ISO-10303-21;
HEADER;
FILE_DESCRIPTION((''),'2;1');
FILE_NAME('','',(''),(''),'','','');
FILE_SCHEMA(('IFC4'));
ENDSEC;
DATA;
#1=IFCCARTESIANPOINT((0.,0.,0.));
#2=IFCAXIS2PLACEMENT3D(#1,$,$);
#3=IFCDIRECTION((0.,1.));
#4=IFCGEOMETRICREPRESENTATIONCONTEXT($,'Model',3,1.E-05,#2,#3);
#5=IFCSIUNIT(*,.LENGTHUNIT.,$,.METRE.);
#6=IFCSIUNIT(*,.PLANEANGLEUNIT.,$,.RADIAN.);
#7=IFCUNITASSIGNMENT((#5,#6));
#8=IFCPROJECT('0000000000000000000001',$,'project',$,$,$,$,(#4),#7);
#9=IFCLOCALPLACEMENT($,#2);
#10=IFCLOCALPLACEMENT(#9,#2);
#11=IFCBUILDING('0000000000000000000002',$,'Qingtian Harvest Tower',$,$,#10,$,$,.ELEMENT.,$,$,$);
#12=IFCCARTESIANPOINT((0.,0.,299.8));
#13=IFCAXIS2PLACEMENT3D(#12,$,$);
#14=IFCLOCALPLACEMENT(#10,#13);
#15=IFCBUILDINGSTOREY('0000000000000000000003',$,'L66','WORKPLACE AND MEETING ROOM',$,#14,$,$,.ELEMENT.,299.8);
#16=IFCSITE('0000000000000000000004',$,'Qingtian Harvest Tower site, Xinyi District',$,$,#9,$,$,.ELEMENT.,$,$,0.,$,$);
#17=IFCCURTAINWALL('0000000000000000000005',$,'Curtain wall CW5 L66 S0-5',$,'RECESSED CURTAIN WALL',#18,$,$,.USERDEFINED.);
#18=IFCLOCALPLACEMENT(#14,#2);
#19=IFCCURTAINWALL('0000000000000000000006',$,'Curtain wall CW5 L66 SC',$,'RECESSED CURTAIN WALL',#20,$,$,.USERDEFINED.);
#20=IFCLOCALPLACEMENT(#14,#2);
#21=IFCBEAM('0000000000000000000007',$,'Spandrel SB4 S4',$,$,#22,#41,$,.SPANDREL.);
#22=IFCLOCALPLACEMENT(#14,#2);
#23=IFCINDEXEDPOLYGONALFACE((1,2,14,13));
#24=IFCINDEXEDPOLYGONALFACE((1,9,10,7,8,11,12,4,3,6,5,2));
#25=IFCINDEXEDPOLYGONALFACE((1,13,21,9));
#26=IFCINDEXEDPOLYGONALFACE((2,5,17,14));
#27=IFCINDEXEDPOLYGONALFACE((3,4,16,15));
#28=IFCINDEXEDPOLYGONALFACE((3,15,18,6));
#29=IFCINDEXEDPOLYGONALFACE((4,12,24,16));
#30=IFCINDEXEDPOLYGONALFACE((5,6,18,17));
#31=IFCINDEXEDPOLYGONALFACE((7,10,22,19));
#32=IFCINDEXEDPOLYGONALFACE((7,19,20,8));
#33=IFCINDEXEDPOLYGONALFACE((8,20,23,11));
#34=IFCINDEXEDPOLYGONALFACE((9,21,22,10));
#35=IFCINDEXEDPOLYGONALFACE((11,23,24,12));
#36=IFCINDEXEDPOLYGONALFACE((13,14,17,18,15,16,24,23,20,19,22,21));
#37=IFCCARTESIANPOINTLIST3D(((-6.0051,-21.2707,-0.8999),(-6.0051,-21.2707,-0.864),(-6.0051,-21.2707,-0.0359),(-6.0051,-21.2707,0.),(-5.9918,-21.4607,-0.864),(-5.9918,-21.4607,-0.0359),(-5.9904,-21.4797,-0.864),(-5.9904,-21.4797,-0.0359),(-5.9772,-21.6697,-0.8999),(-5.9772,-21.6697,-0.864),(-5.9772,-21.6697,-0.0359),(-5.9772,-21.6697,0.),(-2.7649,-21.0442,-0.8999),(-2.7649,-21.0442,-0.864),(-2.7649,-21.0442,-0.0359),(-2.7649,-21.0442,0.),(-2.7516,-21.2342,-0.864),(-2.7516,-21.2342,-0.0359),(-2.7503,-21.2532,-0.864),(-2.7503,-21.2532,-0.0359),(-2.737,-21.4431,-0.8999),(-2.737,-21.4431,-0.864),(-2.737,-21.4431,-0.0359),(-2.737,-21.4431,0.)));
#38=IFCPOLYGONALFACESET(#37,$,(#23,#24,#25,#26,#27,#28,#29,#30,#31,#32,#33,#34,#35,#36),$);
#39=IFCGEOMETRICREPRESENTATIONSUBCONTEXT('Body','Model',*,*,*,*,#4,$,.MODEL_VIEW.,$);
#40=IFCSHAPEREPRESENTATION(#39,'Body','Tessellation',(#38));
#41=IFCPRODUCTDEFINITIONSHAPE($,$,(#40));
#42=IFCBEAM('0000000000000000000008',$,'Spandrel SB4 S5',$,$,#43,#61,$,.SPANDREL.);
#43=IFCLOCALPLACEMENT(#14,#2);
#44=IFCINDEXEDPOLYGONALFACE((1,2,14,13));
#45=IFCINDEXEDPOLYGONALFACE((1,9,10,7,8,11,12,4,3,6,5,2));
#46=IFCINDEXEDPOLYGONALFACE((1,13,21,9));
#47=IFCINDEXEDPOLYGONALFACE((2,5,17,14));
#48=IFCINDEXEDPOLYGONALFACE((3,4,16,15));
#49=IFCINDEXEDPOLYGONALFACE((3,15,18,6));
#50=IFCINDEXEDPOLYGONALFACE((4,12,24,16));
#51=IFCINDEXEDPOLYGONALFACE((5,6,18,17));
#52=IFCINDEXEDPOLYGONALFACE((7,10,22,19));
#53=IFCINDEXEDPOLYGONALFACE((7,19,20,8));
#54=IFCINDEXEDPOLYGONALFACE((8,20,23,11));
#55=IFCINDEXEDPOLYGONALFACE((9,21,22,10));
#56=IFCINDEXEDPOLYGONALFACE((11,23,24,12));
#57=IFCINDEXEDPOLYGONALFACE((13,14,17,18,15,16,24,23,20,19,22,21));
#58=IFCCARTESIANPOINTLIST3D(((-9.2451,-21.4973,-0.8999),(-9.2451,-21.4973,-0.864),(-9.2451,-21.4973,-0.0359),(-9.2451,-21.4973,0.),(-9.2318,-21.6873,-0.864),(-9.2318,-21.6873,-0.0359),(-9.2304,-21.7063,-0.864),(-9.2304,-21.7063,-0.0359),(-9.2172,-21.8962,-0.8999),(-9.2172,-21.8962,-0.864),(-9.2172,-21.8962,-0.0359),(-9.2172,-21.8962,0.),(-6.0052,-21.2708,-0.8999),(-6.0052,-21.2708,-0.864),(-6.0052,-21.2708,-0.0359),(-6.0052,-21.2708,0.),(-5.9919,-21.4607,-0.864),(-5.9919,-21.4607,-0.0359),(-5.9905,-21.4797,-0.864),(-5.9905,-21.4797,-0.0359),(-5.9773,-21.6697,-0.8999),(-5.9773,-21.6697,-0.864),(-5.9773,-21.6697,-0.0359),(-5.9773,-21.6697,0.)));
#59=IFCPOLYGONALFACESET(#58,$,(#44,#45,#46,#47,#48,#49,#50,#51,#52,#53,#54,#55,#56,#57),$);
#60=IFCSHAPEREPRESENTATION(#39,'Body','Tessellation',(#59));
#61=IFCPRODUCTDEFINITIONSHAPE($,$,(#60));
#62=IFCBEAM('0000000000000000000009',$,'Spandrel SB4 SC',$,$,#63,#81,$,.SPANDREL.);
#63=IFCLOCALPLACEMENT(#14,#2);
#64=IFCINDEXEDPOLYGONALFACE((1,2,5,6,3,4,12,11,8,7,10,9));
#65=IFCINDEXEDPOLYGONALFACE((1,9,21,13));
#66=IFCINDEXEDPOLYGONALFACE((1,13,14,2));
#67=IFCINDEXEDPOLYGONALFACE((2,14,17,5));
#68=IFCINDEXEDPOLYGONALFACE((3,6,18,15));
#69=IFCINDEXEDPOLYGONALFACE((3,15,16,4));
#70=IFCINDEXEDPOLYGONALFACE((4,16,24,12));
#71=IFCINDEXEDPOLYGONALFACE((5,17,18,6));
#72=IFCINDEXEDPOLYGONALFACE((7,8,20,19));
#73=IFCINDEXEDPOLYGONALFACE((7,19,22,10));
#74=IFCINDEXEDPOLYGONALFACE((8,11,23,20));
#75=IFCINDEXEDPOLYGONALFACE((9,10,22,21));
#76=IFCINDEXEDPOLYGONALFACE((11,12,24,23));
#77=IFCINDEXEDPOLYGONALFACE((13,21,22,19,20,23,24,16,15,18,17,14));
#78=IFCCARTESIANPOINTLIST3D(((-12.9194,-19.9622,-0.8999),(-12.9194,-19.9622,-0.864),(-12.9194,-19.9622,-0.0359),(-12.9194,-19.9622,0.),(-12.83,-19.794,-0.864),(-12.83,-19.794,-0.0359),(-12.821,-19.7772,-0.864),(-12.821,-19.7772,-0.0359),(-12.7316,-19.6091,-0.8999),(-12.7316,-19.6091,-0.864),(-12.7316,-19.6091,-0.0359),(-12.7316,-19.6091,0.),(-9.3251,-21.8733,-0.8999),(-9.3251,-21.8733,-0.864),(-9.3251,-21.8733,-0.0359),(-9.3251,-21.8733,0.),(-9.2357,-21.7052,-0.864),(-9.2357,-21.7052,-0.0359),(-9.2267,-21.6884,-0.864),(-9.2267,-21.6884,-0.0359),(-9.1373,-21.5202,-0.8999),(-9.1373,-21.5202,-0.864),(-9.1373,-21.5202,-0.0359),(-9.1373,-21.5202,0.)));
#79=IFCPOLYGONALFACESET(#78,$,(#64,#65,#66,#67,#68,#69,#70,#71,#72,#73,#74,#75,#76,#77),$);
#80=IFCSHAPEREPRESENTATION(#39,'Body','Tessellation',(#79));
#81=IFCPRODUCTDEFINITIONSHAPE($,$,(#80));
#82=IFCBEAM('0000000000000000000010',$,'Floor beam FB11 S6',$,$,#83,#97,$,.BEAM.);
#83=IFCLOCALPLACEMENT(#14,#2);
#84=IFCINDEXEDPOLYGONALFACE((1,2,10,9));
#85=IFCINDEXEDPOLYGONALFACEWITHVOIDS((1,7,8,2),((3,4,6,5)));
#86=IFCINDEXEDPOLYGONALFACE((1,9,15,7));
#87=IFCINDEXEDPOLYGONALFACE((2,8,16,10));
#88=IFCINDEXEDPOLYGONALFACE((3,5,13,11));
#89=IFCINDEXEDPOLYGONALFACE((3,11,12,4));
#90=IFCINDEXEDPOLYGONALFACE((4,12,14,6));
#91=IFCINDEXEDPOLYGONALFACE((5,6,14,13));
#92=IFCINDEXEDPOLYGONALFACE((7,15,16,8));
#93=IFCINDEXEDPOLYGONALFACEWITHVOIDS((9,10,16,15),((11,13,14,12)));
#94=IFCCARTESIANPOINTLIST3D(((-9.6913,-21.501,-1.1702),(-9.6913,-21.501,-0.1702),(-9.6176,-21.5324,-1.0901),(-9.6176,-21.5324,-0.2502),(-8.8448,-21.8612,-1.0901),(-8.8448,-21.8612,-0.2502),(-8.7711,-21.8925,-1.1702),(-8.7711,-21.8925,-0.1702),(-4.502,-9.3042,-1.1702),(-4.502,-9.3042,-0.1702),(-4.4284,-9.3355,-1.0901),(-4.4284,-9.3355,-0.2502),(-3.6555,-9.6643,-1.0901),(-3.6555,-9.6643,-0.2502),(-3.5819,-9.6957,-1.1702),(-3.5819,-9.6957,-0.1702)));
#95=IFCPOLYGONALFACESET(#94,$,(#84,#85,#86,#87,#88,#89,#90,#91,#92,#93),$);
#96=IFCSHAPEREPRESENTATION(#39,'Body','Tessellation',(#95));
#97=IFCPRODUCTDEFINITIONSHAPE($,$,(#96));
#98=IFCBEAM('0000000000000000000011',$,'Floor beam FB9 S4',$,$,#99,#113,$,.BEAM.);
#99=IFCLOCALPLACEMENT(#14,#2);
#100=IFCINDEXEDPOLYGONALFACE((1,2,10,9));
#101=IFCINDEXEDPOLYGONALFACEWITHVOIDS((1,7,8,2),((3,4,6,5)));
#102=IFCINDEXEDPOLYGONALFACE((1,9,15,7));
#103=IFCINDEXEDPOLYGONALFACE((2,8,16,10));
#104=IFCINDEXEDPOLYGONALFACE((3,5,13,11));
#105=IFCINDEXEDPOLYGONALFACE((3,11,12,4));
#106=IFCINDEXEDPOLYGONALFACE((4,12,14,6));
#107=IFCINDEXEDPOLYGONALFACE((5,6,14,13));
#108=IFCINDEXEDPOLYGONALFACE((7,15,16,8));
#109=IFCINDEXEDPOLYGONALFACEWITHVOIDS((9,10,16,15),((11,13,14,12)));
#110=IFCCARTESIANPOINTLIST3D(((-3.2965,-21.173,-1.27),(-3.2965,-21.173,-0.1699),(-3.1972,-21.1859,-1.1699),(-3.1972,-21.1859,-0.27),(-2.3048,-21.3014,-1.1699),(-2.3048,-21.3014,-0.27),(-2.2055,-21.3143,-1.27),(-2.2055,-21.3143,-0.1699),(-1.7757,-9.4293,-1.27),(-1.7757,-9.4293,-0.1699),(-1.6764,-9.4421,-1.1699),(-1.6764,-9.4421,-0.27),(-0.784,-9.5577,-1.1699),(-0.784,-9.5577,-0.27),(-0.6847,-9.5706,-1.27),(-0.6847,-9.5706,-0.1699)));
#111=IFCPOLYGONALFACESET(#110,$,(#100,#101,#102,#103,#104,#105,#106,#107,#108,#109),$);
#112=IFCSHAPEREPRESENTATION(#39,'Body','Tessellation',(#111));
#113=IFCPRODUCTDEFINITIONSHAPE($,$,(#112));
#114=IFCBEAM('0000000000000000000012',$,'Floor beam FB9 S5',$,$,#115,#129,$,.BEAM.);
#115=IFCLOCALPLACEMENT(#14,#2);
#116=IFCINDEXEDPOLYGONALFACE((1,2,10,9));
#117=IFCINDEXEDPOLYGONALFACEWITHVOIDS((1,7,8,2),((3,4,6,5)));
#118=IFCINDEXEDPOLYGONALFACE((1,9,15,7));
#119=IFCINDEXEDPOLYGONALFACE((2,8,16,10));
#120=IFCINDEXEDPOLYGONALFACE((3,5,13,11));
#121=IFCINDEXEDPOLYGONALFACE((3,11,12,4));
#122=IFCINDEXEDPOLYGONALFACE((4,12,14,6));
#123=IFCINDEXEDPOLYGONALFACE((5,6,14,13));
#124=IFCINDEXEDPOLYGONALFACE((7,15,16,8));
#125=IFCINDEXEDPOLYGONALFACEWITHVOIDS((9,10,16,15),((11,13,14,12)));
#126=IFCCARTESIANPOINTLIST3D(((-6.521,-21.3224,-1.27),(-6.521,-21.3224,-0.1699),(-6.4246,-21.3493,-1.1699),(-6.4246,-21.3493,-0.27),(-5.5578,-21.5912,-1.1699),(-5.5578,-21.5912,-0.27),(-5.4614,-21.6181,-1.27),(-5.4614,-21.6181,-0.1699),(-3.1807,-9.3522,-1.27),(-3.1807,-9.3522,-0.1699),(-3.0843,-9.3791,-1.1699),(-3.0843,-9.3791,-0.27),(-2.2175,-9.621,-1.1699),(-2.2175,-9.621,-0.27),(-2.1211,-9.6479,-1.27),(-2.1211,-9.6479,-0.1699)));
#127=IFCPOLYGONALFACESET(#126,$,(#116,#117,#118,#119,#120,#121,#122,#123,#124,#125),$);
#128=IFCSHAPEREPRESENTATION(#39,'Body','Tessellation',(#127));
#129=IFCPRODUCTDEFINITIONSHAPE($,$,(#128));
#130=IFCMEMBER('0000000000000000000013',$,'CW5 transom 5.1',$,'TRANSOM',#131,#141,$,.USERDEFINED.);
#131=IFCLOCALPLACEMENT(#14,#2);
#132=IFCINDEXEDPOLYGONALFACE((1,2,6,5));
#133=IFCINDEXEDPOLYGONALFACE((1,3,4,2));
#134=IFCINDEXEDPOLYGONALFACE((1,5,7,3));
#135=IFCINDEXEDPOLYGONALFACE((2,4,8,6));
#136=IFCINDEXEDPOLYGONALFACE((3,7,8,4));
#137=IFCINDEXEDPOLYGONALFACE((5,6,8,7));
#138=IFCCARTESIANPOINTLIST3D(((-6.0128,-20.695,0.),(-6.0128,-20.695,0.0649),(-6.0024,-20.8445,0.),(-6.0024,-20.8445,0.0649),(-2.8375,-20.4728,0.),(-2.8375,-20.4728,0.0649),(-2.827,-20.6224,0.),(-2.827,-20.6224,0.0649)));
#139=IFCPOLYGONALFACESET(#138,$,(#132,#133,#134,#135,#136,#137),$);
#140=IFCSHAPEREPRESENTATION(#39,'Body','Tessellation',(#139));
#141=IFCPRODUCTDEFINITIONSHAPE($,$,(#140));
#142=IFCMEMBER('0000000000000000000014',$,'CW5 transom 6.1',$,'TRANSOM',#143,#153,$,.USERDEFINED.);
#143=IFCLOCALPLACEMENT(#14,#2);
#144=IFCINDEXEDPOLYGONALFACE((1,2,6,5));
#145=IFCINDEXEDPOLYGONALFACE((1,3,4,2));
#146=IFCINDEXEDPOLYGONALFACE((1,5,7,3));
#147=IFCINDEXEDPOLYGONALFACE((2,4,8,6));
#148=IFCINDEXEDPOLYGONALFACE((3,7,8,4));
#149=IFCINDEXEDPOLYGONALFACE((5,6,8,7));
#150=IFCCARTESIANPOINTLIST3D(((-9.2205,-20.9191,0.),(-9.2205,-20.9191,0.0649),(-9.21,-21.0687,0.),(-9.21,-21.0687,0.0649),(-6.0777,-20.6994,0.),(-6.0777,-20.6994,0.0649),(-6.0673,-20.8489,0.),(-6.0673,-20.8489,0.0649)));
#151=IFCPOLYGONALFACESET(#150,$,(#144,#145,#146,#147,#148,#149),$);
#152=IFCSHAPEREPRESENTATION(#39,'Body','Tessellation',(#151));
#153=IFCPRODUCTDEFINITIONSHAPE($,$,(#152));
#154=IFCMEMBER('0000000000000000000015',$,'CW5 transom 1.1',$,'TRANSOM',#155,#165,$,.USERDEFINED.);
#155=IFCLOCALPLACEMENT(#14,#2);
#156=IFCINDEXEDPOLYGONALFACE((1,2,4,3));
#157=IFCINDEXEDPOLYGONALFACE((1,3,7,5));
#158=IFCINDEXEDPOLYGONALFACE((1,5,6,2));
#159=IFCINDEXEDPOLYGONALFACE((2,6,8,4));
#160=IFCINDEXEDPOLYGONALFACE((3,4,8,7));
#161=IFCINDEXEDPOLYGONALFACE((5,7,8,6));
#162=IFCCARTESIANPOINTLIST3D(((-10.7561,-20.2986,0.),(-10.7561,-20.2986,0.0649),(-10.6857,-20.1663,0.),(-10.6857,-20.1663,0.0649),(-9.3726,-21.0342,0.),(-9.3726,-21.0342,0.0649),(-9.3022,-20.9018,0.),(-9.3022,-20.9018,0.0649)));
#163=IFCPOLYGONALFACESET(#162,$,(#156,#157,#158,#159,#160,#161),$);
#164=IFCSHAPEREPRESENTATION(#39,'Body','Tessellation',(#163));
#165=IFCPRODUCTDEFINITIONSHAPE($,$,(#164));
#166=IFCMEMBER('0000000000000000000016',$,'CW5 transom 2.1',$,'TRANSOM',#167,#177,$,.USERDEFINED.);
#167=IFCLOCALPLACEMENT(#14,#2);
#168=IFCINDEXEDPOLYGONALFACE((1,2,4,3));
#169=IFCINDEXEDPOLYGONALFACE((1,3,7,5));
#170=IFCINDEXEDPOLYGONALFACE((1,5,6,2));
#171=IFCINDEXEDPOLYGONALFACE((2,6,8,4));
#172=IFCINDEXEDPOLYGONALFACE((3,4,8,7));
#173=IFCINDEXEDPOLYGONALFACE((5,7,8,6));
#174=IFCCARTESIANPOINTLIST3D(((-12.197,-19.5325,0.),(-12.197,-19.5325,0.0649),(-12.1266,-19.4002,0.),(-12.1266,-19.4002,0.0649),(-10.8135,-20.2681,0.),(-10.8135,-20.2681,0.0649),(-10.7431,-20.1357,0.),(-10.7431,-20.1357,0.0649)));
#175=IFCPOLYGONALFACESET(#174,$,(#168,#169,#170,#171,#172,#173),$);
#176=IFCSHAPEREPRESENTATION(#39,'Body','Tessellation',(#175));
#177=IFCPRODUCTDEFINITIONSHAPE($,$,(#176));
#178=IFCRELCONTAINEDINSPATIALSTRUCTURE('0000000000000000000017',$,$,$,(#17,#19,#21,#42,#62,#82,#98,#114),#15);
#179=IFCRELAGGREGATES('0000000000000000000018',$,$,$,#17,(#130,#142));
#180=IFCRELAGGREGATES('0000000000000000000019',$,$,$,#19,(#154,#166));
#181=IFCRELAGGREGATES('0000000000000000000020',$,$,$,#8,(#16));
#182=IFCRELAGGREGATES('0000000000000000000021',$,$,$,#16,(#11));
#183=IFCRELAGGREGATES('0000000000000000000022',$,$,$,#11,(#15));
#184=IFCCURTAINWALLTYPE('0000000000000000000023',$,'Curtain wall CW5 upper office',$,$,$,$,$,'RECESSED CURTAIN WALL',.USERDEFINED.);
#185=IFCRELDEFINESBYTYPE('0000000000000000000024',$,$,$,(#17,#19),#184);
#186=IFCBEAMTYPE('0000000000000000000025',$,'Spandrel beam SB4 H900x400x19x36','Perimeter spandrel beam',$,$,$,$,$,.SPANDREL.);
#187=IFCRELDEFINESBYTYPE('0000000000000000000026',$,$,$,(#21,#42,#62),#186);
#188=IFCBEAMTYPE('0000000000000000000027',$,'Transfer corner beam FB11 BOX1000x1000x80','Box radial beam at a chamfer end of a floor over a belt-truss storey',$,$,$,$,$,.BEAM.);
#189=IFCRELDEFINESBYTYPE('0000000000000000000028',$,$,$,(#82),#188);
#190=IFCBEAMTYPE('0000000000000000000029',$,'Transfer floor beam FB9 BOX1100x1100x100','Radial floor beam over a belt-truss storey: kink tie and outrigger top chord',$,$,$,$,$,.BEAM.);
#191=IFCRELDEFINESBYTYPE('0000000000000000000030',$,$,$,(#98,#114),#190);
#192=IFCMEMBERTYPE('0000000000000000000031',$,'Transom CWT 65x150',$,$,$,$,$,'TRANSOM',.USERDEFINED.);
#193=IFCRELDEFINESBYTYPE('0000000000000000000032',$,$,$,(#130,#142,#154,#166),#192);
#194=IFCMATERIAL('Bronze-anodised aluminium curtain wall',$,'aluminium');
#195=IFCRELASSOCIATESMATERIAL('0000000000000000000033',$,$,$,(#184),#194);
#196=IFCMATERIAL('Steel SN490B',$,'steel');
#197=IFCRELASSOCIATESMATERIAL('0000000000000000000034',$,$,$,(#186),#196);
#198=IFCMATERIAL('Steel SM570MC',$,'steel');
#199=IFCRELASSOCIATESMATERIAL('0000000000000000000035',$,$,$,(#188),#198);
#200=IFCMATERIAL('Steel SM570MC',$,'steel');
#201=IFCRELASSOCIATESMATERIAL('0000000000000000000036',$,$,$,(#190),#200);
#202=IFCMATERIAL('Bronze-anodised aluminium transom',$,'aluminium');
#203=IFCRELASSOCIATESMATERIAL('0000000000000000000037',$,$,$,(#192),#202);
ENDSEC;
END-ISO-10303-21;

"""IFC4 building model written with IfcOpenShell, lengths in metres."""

from ifc_helpers import new_model, si_unit, direction, frame, origin, origin_2d, place, context, subcontext, project, spatial, rectangle, hollow_rectangle, i_section, extrude, material, material_profile, profile_set, type_object, element, aggregate, save


model = new_model("IFC4")

# Units and contexts
model_context = context("Model", 3, precision=1e-05, world=origin(), true_north=direction((0.0, 1.0)))
body_context = subcontext(model_context, "Body", "Model", "MODEL_VIEW")
ifc_project = project(units=[si_unit("LENGTHUNIT", "METRE"), si_unit("PLANEANGLEUNIT", "RADIAN")], contexts=[model_context])

# Site, building, storey
site_placement = place(None, origin())
site = spatial("IfcSite", under=ifc_project, at=site_placement, Name="Qingtian Harvest Tower site, Xinyi District", CompositionType="ELEMENT", RefElevation=0.0)
building_placement = place(site_placement, origin())
building = spatial("IfcBuilding", under=site, at=building_placement, Name="Qingtian Harvest Tower", CompositionType="ELEMENT")
storey_placement = place(building_placement, frame((0.0, 0.0, 299.8)))
storey = spatial("IfcBuildingStorey", under=building, at=storey_placement, Name="L66", Description="WORKPLACE AND MEETING ROOM", CompositionType="ELEMENT", Elevation=299.8)

# Curtain walls
ifc_material_1 = material(Name="Bronze-anodised aluminium curtain wall", Category="aluminium")
curtain_wall_type = type_object("IfcCurtainWallType", Name="Curtain wall CW5 upper office", ElementType="RECESSED CURTAIN WALL", PredefinedType="USERDEFINED", material=ifc_material_1)
curtain_wall_1_placement = place(storey_placement, origin())
curtain_wall_1 = element("IfcCurtainWall", 1, at=curtain_wall_1_placement, inside=storey, type_object=curtain_wall_type, Name="Curtain wall CW5 L66 S0-5", ObjectType="RECESSED CURTAIN WALL", PredefinedType="USERDEFINED")
curtain_wall_2_placement = place(storey_placement, origin())
curtain_wall_2 = element("IfcCurtainWall", 2, at=curtain_wall_2_placement, inside=storey, type_object=curtain_wall_type, Name="Curtain wall CW5 L66 SC", ObjectType="RECESSED CURTAIN WALL", PredefinedType="USERDEFINED")

# Beams
ifc_material_2 = material(Name="Steel SN490B", Category="steel")
ifc_material_profile_1 = material_profile(ifc_material_2, i_section(OverallWidth=0.3999, OverallDepth=0.8999, WebThickness=0.019, FlangeThickness=0.0359, at=origin_2d()), Name="H900x400x19x36")
ifc_profile_set_1 = profile_set([ifc_material_profile_1], Name="Steel SN490B")
beam_type_1 = type_object("IfcBeamType", Name="Spandrel beam SB4 H900x400x19x36", Description="Perimeter spandrel beam", PredefinedType="SPANDREL", material=ifc_profile_set_1)
beam_1_placement = place(storey_placement, frame((-2.751, -21.2437, -0.45), z_axis=(-0.997564, -0.069751, 0.0), x_axis=(0.069751, -0.997564, 0.0)))
element("IfcBeam", 3, at=beam_1_placement, inside=storey, type_object=beam_type_1, Name="Spandrel SB4 S4", PredefinedType="SPANDREL", context=body_context, shape_type="SweptSolid", body=[
    extrude(i_section(OverallWidth=0.3999, OverallDepth=0.8999, WebThickness=0.019, FlangeThickness=0.0359, at=origin_2d()), origin(), (0.0, 0.0, 1.0), 3.248),
])
beam_2_placement = place(storey_placement, frame((-5.9912, -21.4702, -0.45), z_axis=(-0.997564, -0.069757, 0.0), x_axis=(0.069757, -0.997564, 0.0)))
element("IfcBeam", 4, at=beam_2_placement, inside=storey, type_object=beam_type_1, Name="Spandrel SB4 S5", PredefinedType="SPANDREL", context=body_context, shape_type="SweptSolid", body=[
    extrude(i_section(OverallWidth=0.3999, OverallDepth=0.8999, WebThickness=0.019, FlangeThickness=0.0359, at=origin_2d()), origin(), (0.0, 0.0, 1.0), 3.2478),
])
beam_3_placement = place(storey_placement, frame((-9.2312, -21.6968, -0.45), z_axis=(-0.882943, 0.46948, 0.0), x_axis=(-0.46948, -0.882943, 0.0)))
element("IfcBeam", 5, at=beam_3_placement, inside=storey, type_object=beam_type_1, Name="Spandrel SB4 SC", PredefinedType="SPANDREL", context=body_context, shape_type="SweptSolid", body=[
    extrude(i_section(OverallWidth=0.3999, OverallDepth=0.8999, WebThickness=0.019, FlangeThickness=0.0359, at=origin_2d()), origin(), (0.0, 0.0, 1.0), 4.0708),
])
ifc_material_3 = material(Name="Steel SM570MC", Category="steel")
ifc_material_profile_2 = material_profile(ifc_material_3, hollow_rectangle(XDim=1.0, YDim=1.0, WallThickness=0.0801, at=origin_2d()), Name="BOX1000x1000x80")
ifc_profile_set_2 = profile_set([ifc_material_profile_2], Name="Steel SM570MC")
beam_type_2 = type_object("IfcBeamType", Name="Transfer corner beam FB11 BOX1000x1000x80", Description="Box radial beam at a chamfer end of a floor over a belt-truss storey", PredefinedType="BEAM", material=ifc_profile_set_2)
beam_4_placement = place(storey_placement, frame((-9.2312, -21.6968, -0.6702), z_axis=(0.391497, 0.920179, 0.0), x_axis=(-0.920179, 0.391497, 0.0)))
element("IfcBeam", 6, at=beam_4_placement, inside=storey, type_object=beam_type_2, Name="Floor beam FB11 S6", PredefinedType="BEAM", context=body_context, shape_type="SweptSolid", body=[
    extrude(hollow_rectangle(XDim=1.0, YDim=1.0, WallThickness=0.0801, at=origin_2d()), origin(), (0.0, 0.0, 1.0), 13.2549),
])
ifc_material_4 = material(Name="Steel SM570MC", Category="steel")
ifc_material_profile_3 = material_profile(ifc_material_4, hollow_rectangle(XDim=1.1001, YDim=1.1001, WallThickness=0.1001, at=origin_2d()), Name="BOX1100x1100x100")
ifc_profile_set_3 = profile_set([ifc_material_profile_3], Name="Steel SM570MC")
beam_type_3 = type_object("IfcBeamType", Name="Transfer floor beam FB9 BOX1100x1100x100", Description="Radial floor beam over a belt-truss storey: kink tie and outrigger top chord", PredefinedType="BEAM", material=ifc_profile_set_3)
beam_5_placement = place(storey_placement, frame((-2.751, -21.2437, -0.72), z_axis=(0.128423, 0.991719, 0.0), x_axis=(-0.991719, 0.128423, 0.0)))
element("IfcBeam", 7, at=beam_5_placement, inside=storey, type_object=beam_type_3, Name="Floor beam FB9 S4", PredefinedType="BEAM", context=body_context, shape_type="SweptSolid", body=[
    extrude(hollow_rectangle(XDim=1.1001, YDim=1.1001, WallThickness=0.1001, at=origin_2d()), origin(), (0.0, 0.0, 1.0), 11.8418),
])
beam_6_placement = place(storey_placement, frame((-5.9912, -21.4702, -0.72), z_axis=(0.268785, 0.9632, 0.0), x_axis=(-0.9632, 0.268785, 0.0)))
element("IfcBeam", 8, at=beam_6_placement, inside=storey, type_object=beam_type_3, Name="Floor beam FB9 S5", PredefinedType="BEAM", context=body_context, shape_type="SweptSolid", body=[
    extrude(hollow_rectangle(XDim=1.1001, YDim=1.1001, WallThickness=0.1001, at=origin_2d()), origin(), (0.0, 0.0, 1.0), 12.4275),
])

# Members
ifc_material_5 = material(Name="Bronze-anodised aluminium transom", Category="aluminium")
ifc_material_profile_4 = material_profile(ifc_material_5, rectangle(XDim=0.1499, YDim=0.0649, at=origin_2d()), Name="AL 65x150")
ifc_profile_set_4 = profile_set([ifc_material_profile_4], Name="Bronze-anodised aluminium transom")
member_type_1 = type_object("IfcMemberType", Name="Transom CWT 65x150", ElementType="TRANSOM", PredefinedType="USERDEFINED", material=ifc_profile_set_4)
member_1_placement = place(storey_placement, frame((-2.8323, -20.5476, 0.0325), z_axis=(-0.997561, -0.069797, 0.0), x_axis=(0.069797, -0.997561, 0.0)))
member_1 = element("IfcMember", 9, at=member_1_placement, type_object=member_type_1, Name="CW5 transom 5.1", ObjectType="TRANSOM", PredefinedType="USERDEFINED", context=body_context, shape_type="SweptSolid", body=[
    extrude(rectangle(XDim=0.1499, YDim=0.0649, at=origin_2d()), origin(), (0.0, 0.0, 1.0), 3.1831),
])
member_2_placement = place(storey_placement, frame((-6.0725, -20.7742, 0.0325), z_axis=(-0.997565, -0.069744, 0.0), x_axis=(0.069744, -0.997565, 0.0)))
member_2 = element("IfcMember", 10, at=member_2_placement, type_object=member_type_1, Name="CW5 transom 6.1", ObjectType="TRANSOM", PredefinedType="USERDEFINED", context=body_context, shape_type="SweptSolid", body=[
    extrude(rectangle(XDim=0.1499, YDim=0.0649, at=origin_2d()), origin(), (0.0, 0.0, 1.0), 3.1504),
])
member_3_placement = place(storey_placement, frame((-9.3374, -20.968, 0.0325), z_axis=(-0.88296, 0.469448, 0.0), x_axis=(-0.469448, -0.88296, 0.0)))
member_3 = element("IfcMember", 11, at=member_3_placement, type_object=member_type_1, Name="CW5 transom 1.1", ObjectType="TRANSOM", PredefinedType="USERDEFINED", context=body_context, shape_type="SweptSolid", body=[
    extrude(rectangle(XDim=0.1499, YDim=0.0649, at=origin_2d()), origin(), (0.0, 0.0, 1.0), 1.5669),
])
member_4_placement = place(storey_placement, frame((-10.7783, -20.2019, 0.0325), z_axis=(-0.88296, 0.469448, 0.0), x_axis=(-0.469448, -0.88296, 0.0)))
member_4 = element("IfcMember", 12, at=member_4_placement, type_object=member_type_1, Name="CW5 transom 2.1", ObjectType="TRANSOM", PredefinedType="USERDEFINED", context=body_context, shape_type="SweptSolid", body=[
    extrude(rectangle(XDim=0.1499, YDim=0.0649, at=origin_2d()), origin(), (0.0, 0.0, 1.0), 1.5669),
])

aggregate(curtain_wall_1, [member_1, member_2])
aggregate(curtain_wall_2, [member_3, member_4])

save(model, "model.ifc")
